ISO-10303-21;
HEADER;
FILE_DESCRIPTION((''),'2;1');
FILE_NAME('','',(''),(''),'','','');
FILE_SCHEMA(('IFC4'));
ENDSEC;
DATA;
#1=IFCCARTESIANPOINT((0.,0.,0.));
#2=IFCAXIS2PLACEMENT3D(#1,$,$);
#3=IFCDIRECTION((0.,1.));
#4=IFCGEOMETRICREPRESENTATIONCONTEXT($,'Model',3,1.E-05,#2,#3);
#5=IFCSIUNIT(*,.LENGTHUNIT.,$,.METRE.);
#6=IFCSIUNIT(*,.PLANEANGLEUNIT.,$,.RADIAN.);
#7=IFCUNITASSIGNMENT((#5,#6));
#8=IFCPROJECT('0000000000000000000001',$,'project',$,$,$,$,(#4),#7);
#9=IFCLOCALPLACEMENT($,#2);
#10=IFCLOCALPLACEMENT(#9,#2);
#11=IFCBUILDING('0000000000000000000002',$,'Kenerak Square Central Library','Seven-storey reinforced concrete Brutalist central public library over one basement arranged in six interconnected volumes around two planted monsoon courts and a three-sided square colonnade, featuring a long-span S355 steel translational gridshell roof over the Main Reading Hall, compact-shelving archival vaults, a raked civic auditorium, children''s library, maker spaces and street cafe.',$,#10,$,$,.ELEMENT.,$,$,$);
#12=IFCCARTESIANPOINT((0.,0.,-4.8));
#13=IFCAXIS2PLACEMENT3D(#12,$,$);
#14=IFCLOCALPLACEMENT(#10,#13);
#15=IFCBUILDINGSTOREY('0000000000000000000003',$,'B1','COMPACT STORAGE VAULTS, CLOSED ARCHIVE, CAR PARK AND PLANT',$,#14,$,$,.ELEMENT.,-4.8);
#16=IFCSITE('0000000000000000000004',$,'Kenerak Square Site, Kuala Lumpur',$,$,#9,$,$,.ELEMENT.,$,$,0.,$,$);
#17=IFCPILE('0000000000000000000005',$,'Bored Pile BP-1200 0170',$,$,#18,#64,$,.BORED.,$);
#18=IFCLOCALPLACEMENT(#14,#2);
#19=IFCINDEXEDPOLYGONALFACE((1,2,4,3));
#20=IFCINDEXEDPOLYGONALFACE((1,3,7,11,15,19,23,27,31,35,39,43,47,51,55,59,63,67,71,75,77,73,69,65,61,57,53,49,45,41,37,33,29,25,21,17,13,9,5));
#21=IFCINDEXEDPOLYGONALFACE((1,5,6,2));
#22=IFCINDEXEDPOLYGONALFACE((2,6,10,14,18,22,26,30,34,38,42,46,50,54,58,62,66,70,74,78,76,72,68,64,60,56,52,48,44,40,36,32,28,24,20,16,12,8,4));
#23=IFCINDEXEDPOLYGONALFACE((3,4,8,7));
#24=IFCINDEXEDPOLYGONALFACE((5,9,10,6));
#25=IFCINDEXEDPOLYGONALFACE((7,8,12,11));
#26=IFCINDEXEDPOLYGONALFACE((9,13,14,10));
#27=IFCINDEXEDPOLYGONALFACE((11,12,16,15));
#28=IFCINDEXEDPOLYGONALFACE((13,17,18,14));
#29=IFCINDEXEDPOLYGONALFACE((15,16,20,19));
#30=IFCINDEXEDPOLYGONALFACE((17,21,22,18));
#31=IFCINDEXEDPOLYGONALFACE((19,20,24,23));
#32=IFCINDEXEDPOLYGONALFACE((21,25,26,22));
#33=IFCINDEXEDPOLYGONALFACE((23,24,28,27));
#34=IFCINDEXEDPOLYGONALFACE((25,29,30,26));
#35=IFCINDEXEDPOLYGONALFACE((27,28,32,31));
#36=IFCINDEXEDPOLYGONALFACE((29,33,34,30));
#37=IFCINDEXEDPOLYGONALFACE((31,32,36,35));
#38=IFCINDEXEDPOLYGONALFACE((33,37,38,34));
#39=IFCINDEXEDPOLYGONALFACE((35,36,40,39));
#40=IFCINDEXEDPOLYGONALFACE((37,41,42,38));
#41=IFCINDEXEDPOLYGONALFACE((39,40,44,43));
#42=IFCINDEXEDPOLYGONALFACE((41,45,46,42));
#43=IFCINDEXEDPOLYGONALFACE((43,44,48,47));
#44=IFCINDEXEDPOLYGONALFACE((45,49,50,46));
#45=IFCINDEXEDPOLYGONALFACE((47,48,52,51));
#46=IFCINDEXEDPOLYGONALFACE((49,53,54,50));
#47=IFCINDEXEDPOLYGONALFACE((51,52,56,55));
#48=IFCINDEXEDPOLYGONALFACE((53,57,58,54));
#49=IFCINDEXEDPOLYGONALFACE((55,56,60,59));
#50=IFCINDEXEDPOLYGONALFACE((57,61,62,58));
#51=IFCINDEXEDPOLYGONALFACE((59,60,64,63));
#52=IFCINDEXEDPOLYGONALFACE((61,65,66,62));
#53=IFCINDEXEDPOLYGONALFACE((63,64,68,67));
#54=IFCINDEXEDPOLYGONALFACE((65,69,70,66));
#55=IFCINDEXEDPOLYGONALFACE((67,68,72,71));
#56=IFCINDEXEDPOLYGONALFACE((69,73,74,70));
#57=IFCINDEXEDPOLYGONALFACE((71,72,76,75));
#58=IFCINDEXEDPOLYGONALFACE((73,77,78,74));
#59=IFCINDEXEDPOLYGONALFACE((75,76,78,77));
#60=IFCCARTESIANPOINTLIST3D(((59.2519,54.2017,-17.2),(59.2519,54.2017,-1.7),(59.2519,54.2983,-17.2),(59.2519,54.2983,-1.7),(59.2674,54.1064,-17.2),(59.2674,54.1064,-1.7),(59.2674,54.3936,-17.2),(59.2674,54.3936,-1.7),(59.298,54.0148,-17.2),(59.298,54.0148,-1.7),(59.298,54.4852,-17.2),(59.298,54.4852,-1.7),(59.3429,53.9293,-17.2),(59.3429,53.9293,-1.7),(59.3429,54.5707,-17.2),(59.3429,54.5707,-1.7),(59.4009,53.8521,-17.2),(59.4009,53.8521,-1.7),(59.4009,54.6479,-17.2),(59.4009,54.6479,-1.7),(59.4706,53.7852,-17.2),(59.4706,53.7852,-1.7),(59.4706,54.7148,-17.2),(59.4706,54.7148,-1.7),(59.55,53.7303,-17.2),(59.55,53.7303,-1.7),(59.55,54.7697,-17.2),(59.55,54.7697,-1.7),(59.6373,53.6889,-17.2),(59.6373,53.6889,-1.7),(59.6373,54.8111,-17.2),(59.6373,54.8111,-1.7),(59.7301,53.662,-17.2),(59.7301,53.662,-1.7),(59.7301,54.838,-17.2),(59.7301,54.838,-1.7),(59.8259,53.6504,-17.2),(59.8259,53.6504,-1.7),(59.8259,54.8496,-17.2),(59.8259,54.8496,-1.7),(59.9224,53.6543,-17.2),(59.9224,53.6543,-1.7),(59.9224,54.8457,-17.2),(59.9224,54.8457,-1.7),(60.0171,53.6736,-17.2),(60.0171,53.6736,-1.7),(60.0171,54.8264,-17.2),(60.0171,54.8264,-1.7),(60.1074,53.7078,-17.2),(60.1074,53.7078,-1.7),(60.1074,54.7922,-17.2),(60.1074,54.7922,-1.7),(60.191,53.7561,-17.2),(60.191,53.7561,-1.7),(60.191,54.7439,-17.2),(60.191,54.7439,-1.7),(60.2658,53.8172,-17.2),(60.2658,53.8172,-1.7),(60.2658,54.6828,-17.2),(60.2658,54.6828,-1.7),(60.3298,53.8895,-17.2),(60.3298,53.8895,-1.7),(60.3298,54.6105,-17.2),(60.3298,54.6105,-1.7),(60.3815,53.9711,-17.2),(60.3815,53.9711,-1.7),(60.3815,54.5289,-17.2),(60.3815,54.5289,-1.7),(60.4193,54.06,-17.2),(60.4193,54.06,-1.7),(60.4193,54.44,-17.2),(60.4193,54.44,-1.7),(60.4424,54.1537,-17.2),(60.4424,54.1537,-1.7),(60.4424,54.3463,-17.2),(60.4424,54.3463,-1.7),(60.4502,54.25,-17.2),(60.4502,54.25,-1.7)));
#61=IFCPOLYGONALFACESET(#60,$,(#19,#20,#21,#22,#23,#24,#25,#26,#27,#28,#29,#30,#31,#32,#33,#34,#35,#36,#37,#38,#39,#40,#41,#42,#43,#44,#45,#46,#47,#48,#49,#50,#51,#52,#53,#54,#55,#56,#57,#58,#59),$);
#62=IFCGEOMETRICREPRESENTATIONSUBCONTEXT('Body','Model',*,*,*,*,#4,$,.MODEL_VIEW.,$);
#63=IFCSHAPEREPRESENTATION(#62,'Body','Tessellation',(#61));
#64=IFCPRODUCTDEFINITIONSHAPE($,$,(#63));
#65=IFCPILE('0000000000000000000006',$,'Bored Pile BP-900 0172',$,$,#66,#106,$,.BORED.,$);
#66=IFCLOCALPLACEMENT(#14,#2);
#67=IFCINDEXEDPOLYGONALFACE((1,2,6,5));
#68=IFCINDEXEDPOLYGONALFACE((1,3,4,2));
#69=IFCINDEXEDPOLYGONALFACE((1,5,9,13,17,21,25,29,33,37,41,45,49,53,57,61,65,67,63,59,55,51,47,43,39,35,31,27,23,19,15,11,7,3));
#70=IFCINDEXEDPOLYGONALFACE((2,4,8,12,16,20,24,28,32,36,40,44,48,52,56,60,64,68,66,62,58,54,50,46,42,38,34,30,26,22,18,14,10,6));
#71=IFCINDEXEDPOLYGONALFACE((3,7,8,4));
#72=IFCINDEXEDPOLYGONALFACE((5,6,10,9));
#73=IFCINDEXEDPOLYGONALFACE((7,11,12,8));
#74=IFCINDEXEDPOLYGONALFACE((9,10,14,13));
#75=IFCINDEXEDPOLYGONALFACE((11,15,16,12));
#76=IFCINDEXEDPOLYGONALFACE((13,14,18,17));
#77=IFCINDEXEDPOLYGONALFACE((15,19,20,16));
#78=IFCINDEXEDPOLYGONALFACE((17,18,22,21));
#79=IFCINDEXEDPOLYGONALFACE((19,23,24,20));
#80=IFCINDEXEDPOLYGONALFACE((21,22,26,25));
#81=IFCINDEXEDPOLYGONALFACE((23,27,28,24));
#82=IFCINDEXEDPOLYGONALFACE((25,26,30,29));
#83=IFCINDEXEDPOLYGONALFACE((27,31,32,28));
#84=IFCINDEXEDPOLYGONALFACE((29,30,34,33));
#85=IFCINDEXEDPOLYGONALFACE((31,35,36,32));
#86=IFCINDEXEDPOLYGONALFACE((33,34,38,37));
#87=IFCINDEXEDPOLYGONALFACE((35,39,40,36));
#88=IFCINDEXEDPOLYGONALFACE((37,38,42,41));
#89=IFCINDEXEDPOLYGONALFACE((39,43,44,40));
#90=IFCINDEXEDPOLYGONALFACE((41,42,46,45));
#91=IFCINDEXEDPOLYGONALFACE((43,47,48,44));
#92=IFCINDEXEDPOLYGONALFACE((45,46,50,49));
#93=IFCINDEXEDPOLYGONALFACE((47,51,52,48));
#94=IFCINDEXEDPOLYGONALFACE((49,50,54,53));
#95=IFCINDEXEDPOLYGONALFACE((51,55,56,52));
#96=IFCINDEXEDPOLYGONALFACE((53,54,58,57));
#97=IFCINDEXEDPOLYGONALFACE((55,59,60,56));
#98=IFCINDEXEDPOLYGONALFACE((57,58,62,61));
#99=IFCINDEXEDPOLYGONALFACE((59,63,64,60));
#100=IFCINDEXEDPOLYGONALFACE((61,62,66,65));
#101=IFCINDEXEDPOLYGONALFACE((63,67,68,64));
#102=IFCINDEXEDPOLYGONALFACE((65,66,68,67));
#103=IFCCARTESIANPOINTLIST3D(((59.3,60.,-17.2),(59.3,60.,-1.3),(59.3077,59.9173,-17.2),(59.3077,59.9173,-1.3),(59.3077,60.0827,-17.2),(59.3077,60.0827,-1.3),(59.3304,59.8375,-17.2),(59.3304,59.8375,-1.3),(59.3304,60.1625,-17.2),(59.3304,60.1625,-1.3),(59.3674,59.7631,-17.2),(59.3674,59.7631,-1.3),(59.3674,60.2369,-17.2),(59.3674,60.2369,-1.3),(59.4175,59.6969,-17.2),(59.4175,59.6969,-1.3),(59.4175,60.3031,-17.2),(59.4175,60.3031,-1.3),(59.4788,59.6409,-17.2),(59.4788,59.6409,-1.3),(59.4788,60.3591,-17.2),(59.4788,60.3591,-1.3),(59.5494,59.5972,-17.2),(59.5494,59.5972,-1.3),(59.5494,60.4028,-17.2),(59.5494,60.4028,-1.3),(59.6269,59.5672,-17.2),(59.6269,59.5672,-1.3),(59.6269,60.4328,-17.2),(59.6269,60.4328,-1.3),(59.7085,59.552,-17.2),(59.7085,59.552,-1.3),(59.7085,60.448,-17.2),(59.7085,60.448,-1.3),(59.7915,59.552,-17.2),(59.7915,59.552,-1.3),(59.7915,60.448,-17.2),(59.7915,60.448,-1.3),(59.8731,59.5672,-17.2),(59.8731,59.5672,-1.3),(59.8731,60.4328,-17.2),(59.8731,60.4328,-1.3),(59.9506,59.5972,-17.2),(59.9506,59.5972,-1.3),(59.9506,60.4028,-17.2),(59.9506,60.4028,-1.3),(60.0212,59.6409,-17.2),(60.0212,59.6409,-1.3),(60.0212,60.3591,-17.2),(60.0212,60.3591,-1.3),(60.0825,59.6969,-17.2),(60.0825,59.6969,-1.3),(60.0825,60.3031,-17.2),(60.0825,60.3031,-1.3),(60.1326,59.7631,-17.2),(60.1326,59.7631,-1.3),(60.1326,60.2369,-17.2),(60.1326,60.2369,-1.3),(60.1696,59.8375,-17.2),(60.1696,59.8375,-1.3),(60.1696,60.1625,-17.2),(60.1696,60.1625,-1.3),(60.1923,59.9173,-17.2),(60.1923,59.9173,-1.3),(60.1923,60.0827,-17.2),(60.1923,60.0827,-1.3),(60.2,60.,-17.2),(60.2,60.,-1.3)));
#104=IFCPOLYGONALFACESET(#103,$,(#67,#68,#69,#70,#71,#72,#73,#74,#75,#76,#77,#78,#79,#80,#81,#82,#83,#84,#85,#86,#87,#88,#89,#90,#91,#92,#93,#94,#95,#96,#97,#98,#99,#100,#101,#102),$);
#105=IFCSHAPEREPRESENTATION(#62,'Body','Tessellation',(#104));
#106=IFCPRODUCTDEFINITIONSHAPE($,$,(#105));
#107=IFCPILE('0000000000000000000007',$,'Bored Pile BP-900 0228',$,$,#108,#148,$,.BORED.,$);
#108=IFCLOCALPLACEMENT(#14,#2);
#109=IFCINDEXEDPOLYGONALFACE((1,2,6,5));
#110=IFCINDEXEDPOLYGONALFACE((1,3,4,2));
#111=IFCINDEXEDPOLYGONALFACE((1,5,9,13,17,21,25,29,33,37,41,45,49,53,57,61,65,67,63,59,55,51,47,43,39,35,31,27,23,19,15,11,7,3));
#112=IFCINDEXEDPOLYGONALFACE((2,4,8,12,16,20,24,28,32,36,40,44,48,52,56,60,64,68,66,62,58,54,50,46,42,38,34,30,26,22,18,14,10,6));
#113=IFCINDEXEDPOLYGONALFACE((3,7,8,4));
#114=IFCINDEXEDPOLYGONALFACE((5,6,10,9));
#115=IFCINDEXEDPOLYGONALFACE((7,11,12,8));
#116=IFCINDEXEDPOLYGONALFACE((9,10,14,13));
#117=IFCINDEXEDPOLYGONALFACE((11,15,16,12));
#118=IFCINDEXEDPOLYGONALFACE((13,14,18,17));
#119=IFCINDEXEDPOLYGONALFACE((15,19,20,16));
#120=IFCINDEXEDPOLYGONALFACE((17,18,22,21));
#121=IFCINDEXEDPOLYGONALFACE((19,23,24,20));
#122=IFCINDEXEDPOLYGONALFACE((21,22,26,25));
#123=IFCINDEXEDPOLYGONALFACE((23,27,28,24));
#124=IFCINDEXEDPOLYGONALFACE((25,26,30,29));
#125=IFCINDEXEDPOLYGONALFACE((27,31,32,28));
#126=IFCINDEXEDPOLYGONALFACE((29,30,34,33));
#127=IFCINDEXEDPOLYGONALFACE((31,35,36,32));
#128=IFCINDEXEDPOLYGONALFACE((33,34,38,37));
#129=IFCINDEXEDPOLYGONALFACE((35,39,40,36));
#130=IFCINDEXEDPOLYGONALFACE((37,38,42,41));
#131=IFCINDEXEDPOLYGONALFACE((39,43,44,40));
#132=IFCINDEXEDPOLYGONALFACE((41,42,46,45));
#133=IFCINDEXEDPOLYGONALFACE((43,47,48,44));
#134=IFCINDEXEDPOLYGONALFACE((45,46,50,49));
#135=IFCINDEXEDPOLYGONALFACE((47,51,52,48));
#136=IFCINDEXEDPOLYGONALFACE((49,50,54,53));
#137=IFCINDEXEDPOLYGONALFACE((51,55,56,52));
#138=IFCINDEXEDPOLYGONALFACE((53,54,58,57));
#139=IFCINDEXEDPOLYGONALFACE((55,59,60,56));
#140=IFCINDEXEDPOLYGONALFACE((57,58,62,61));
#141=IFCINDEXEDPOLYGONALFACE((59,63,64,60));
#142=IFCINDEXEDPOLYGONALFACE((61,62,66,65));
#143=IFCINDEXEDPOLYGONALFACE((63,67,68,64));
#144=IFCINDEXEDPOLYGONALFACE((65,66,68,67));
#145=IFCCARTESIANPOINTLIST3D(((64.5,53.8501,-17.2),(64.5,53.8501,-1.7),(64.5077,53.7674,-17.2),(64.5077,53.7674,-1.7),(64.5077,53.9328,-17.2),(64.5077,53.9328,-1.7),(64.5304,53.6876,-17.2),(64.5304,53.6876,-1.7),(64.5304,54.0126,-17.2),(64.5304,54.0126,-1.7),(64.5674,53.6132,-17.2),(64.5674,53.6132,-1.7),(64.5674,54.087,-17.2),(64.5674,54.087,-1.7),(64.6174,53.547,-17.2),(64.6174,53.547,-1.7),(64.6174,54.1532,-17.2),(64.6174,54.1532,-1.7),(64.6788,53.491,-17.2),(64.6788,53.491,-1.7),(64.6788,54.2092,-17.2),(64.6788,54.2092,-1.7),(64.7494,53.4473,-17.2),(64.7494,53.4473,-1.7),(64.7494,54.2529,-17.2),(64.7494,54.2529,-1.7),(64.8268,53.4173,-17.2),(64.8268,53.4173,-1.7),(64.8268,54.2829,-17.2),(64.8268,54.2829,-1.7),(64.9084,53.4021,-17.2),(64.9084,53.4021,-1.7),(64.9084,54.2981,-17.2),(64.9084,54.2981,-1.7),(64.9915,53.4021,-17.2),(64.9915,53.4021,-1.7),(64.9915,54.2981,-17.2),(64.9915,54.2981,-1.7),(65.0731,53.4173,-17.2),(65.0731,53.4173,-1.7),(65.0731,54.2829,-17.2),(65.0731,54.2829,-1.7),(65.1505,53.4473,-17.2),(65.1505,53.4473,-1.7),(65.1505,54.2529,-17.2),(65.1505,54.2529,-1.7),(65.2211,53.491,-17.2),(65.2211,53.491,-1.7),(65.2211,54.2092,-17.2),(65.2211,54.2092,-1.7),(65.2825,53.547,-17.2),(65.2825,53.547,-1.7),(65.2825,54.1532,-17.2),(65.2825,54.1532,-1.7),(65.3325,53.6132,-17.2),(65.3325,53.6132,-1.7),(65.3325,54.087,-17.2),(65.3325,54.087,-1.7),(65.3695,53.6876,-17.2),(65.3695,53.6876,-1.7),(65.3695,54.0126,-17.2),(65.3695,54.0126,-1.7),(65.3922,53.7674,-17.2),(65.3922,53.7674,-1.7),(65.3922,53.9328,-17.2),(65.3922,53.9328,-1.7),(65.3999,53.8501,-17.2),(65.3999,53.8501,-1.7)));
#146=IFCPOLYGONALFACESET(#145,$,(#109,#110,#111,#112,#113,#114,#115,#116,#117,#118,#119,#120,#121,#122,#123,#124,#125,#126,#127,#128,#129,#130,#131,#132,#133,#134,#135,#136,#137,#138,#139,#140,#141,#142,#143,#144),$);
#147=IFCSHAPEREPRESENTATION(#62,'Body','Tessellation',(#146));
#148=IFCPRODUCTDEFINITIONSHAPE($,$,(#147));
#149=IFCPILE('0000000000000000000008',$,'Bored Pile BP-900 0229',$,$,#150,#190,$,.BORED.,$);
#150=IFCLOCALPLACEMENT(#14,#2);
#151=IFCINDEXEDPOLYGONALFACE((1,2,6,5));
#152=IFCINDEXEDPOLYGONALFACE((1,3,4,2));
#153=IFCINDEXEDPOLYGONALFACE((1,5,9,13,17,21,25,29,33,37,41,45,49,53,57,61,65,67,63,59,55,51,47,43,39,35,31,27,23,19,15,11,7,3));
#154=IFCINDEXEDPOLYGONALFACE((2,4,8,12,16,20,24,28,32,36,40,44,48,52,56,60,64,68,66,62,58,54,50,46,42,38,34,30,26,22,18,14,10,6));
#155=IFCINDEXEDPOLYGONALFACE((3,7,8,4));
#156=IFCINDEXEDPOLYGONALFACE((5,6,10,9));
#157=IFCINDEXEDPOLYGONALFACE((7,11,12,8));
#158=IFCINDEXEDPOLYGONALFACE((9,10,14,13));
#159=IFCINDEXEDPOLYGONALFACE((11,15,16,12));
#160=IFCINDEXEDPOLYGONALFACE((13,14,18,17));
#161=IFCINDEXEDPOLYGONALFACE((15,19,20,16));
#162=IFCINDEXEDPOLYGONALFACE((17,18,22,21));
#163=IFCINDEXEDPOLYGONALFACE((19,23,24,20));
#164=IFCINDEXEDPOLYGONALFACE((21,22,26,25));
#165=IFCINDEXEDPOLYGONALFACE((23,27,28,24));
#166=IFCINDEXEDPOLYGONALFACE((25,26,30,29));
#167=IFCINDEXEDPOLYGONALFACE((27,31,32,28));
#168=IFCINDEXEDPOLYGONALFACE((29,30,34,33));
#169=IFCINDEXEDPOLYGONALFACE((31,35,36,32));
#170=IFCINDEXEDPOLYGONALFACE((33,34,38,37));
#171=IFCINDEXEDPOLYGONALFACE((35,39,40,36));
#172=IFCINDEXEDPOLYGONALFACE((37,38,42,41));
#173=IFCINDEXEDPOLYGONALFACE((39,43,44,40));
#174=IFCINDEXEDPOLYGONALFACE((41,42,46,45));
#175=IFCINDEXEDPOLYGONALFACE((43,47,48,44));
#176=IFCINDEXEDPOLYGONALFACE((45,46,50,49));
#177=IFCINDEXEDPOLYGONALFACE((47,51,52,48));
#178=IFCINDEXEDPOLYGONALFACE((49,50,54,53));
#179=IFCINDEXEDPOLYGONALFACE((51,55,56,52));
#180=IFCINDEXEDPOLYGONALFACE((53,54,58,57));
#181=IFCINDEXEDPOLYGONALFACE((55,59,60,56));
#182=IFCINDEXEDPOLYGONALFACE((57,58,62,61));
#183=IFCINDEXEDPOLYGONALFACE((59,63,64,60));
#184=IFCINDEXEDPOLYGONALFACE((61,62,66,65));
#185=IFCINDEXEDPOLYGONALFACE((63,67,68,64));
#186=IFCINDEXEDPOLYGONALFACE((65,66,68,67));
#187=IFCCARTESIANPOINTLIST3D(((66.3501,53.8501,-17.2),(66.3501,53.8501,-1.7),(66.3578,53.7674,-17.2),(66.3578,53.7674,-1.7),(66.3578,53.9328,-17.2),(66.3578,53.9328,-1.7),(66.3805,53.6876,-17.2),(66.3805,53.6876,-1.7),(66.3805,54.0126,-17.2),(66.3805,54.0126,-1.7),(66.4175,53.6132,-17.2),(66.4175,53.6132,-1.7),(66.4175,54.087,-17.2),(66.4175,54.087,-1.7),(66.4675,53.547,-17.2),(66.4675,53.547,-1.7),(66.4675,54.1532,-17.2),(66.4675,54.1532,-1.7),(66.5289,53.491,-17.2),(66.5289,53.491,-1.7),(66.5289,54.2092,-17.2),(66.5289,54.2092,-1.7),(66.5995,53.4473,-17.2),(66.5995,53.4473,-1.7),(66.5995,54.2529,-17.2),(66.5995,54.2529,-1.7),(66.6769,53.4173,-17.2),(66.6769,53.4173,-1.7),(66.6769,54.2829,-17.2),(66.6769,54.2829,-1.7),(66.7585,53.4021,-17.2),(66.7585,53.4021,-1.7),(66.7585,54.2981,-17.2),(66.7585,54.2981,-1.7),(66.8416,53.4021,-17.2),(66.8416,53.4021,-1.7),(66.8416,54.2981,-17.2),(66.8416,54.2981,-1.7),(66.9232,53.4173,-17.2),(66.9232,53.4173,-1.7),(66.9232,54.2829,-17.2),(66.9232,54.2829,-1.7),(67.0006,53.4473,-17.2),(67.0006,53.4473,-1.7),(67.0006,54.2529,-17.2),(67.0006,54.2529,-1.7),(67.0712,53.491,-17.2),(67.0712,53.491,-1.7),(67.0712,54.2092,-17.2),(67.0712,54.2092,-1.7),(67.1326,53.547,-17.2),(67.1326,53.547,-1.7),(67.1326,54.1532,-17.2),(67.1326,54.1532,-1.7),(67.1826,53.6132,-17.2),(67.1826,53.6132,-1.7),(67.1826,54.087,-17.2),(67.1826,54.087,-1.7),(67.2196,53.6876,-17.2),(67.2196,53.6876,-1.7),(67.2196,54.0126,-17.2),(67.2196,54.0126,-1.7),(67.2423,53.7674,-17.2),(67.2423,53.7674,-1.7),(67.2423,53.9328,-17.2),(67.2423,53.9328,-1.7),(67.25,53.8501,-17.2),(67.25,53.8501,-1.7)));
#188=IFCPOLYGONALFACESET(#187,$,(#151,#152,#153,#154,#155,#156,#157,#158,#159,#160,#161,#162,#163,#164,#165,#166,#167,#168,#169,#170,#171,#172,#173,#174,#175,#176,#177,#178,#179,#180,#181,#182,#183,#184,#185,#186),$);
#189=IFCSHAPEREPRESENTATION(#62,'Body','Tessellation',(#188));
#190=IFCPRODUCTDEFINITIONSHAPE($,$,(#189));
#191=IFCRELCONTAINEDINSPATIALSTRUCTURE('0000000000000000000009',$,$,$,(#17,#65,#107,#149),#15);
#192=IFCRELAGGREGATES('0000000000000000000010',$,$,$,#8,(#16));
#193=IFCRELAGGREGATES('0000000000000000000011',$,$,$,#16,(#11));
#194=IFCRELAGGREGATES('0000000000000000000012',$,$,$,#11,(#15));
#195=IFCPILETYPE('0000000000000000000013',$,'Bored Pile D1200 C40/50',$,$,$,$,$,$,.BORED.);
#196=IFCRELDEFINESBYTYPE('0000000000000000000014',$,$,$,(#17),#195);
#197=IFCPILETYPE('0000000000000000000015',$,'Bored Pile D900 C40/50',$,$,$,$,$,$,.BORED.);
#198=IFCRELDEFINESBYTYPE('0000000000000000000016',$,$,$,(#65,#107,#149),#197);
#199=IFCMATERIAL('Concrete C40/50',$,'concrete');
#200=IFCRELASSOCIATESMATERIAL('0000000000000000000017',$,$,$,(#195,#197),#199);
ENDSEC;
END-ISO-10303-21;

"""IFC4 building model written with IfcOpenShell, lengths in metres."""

from ifc_helpers import new_model, si_unit, direction, frame, origin, origin_2d, place, context, subcontext, project, spatial, circle, extrude, material, material_profile, profile_set, type_object, element, save


model = new_model("IFC4")

# Units and contexts
model_context = context("Model", 3, precision=1e-05, world=origin(), true_north=direction((0.0, 1.0)))
body_context = subcontext(model_context, "Body", "Model", "MODEL_VIEW")
ifc_project = project(units=[si_unit("LENGTHUNIT", "METRE"), si_unit("PLANEANGLEUNIT", "RADIAN")], contexts=[model_context])

# Site, building, storey
site_placement = place(None, origin())
site = spatial("IfcSite", under=ifc_project, at=site_placement, Name="Kenerak Square Site, Kuala Lumpur", CompositionType="ELEMENT", RefElevation=0.0)
building_placement = place(site_placement, origin())
building = spatial("IfcBuilding", under=site, at=building_placement, Name="Kenerak Square Central Library", Description="Seven-storey reinforced concrete Brutalist central public library over one basement arranged in six interconnected volumes around two planted monsoon courts and a three-sided square colonnade, featuring a long-span S355 steel translational gridshell roof over the Main Reading Hall, compact-shelving archival vaults, a raked civic auditorium, children's library, maker spaces and street cafe.", CompositionType="ELEMENT")
storey_placement = place(building_placement, frame((0.0, 0.0, -4.8)))
storey = spatial("IfcBuildingStorey", under=building, at=storey_placement, Name="B1", Description="COMPACT STORAGE VAULTS, CLOSED ARCHIVE, CAR PARK AND PLANT", CompositionType="ELEMENT", Elevation=-4.8)

# Piles
ifc_material_1 = material(Name="Concrete C40/50", Category="concrete")
ifc_material_profile_1 = material_profile(ifc_material_1, circle(Radius=0.6001, at=origin_2d()), Name="BP D1200")
ifc_profile_set_1 = profile_set([ifc_material_profile_1], Name="Concrete C40/50")
pile_type_1 = type_object("IfcPileType", Name="Bored Pile D1200 C40/50", PredefinedType="BORED", material=ifc_profile_set_1)
pile_1_placement = place(storey_placement, frame((59.8501, 54.25, -1.7), z_axis=(0.0, 0.0, -1.0), x_axis=(1.0, 0.0, 0.0)))
element("IfcPile", 1, at=pile_1_placement, inside=storey, type_object=pile_type_1, Name="Bored Pile BP-1200 0170", PredefinedType="BORED", context=body_context, shape_type="SweptSolid", body=[
    extrude(circle(Radius=0.6001, at=origin_2d()), origin(), (0.0, 0.0, 1.0), 15.5),
])
ifc_material_profile_2 = material_profile(ifc_material_1, circle(Radius=0.45, at=origin_2d()), Name="BP D900")
ifc_profile_set_2 = profile_set([ifc_material_profile_2], Name="Concrete C40/50")
pile_type_2 = type_object("IfcPileType", Name="Bored Pile D900 C40/50", PredefinedType="BORED", material=ifc_profile_set_2)
pile_2_placement = place(storey_placement, frame((59.75, 60.0, -1.3), z_axis=(0.0, 0.0, -1.0), x_axis=(1.0, 0.0, 0.0)))
element("IfcPile", 2, at=pile_2_placement, inside=storey, type_object=pile_type_2, Name="Bored Pile BP-900 0172", PredefinedType="BORED", context=body_context, shape_type="SweptSolid", body=[
    extrude(circle(Radius=0.45, at=origin_2d()), origin(), (0.0, 0.0, 1.0), 15.8999),
])
for number, where, z_axis, x_axis, name in (
    (3, (64.95, 53.8501, -1.7), (0.0, 0.0, -1.0), (1.0, 0.0, 0.0), "Bored Pile BP-900 0228"),
    (4, (66.8, 53.8501, -1.7), (0.0, 0.0, -1.0), (1.0, 0.0, 0.0), "Bored Pile BP-900 0229"),
):
    element("IfcPile", number, at=place(storey_placement, frame(where, z_axis=z_axis, x_axis=x_axis)), inside=storey, type_object=pile_type_2, Name=name, PredefinedType="BORED", context=body_context, shape_type="SweptSolid", body=[
        extrude(circle(Radius=0.45, at=origin_2d()), origin(), (0.0, 0.0, 1.0), 15.5),
    ])

save(model, "model.ifc")
